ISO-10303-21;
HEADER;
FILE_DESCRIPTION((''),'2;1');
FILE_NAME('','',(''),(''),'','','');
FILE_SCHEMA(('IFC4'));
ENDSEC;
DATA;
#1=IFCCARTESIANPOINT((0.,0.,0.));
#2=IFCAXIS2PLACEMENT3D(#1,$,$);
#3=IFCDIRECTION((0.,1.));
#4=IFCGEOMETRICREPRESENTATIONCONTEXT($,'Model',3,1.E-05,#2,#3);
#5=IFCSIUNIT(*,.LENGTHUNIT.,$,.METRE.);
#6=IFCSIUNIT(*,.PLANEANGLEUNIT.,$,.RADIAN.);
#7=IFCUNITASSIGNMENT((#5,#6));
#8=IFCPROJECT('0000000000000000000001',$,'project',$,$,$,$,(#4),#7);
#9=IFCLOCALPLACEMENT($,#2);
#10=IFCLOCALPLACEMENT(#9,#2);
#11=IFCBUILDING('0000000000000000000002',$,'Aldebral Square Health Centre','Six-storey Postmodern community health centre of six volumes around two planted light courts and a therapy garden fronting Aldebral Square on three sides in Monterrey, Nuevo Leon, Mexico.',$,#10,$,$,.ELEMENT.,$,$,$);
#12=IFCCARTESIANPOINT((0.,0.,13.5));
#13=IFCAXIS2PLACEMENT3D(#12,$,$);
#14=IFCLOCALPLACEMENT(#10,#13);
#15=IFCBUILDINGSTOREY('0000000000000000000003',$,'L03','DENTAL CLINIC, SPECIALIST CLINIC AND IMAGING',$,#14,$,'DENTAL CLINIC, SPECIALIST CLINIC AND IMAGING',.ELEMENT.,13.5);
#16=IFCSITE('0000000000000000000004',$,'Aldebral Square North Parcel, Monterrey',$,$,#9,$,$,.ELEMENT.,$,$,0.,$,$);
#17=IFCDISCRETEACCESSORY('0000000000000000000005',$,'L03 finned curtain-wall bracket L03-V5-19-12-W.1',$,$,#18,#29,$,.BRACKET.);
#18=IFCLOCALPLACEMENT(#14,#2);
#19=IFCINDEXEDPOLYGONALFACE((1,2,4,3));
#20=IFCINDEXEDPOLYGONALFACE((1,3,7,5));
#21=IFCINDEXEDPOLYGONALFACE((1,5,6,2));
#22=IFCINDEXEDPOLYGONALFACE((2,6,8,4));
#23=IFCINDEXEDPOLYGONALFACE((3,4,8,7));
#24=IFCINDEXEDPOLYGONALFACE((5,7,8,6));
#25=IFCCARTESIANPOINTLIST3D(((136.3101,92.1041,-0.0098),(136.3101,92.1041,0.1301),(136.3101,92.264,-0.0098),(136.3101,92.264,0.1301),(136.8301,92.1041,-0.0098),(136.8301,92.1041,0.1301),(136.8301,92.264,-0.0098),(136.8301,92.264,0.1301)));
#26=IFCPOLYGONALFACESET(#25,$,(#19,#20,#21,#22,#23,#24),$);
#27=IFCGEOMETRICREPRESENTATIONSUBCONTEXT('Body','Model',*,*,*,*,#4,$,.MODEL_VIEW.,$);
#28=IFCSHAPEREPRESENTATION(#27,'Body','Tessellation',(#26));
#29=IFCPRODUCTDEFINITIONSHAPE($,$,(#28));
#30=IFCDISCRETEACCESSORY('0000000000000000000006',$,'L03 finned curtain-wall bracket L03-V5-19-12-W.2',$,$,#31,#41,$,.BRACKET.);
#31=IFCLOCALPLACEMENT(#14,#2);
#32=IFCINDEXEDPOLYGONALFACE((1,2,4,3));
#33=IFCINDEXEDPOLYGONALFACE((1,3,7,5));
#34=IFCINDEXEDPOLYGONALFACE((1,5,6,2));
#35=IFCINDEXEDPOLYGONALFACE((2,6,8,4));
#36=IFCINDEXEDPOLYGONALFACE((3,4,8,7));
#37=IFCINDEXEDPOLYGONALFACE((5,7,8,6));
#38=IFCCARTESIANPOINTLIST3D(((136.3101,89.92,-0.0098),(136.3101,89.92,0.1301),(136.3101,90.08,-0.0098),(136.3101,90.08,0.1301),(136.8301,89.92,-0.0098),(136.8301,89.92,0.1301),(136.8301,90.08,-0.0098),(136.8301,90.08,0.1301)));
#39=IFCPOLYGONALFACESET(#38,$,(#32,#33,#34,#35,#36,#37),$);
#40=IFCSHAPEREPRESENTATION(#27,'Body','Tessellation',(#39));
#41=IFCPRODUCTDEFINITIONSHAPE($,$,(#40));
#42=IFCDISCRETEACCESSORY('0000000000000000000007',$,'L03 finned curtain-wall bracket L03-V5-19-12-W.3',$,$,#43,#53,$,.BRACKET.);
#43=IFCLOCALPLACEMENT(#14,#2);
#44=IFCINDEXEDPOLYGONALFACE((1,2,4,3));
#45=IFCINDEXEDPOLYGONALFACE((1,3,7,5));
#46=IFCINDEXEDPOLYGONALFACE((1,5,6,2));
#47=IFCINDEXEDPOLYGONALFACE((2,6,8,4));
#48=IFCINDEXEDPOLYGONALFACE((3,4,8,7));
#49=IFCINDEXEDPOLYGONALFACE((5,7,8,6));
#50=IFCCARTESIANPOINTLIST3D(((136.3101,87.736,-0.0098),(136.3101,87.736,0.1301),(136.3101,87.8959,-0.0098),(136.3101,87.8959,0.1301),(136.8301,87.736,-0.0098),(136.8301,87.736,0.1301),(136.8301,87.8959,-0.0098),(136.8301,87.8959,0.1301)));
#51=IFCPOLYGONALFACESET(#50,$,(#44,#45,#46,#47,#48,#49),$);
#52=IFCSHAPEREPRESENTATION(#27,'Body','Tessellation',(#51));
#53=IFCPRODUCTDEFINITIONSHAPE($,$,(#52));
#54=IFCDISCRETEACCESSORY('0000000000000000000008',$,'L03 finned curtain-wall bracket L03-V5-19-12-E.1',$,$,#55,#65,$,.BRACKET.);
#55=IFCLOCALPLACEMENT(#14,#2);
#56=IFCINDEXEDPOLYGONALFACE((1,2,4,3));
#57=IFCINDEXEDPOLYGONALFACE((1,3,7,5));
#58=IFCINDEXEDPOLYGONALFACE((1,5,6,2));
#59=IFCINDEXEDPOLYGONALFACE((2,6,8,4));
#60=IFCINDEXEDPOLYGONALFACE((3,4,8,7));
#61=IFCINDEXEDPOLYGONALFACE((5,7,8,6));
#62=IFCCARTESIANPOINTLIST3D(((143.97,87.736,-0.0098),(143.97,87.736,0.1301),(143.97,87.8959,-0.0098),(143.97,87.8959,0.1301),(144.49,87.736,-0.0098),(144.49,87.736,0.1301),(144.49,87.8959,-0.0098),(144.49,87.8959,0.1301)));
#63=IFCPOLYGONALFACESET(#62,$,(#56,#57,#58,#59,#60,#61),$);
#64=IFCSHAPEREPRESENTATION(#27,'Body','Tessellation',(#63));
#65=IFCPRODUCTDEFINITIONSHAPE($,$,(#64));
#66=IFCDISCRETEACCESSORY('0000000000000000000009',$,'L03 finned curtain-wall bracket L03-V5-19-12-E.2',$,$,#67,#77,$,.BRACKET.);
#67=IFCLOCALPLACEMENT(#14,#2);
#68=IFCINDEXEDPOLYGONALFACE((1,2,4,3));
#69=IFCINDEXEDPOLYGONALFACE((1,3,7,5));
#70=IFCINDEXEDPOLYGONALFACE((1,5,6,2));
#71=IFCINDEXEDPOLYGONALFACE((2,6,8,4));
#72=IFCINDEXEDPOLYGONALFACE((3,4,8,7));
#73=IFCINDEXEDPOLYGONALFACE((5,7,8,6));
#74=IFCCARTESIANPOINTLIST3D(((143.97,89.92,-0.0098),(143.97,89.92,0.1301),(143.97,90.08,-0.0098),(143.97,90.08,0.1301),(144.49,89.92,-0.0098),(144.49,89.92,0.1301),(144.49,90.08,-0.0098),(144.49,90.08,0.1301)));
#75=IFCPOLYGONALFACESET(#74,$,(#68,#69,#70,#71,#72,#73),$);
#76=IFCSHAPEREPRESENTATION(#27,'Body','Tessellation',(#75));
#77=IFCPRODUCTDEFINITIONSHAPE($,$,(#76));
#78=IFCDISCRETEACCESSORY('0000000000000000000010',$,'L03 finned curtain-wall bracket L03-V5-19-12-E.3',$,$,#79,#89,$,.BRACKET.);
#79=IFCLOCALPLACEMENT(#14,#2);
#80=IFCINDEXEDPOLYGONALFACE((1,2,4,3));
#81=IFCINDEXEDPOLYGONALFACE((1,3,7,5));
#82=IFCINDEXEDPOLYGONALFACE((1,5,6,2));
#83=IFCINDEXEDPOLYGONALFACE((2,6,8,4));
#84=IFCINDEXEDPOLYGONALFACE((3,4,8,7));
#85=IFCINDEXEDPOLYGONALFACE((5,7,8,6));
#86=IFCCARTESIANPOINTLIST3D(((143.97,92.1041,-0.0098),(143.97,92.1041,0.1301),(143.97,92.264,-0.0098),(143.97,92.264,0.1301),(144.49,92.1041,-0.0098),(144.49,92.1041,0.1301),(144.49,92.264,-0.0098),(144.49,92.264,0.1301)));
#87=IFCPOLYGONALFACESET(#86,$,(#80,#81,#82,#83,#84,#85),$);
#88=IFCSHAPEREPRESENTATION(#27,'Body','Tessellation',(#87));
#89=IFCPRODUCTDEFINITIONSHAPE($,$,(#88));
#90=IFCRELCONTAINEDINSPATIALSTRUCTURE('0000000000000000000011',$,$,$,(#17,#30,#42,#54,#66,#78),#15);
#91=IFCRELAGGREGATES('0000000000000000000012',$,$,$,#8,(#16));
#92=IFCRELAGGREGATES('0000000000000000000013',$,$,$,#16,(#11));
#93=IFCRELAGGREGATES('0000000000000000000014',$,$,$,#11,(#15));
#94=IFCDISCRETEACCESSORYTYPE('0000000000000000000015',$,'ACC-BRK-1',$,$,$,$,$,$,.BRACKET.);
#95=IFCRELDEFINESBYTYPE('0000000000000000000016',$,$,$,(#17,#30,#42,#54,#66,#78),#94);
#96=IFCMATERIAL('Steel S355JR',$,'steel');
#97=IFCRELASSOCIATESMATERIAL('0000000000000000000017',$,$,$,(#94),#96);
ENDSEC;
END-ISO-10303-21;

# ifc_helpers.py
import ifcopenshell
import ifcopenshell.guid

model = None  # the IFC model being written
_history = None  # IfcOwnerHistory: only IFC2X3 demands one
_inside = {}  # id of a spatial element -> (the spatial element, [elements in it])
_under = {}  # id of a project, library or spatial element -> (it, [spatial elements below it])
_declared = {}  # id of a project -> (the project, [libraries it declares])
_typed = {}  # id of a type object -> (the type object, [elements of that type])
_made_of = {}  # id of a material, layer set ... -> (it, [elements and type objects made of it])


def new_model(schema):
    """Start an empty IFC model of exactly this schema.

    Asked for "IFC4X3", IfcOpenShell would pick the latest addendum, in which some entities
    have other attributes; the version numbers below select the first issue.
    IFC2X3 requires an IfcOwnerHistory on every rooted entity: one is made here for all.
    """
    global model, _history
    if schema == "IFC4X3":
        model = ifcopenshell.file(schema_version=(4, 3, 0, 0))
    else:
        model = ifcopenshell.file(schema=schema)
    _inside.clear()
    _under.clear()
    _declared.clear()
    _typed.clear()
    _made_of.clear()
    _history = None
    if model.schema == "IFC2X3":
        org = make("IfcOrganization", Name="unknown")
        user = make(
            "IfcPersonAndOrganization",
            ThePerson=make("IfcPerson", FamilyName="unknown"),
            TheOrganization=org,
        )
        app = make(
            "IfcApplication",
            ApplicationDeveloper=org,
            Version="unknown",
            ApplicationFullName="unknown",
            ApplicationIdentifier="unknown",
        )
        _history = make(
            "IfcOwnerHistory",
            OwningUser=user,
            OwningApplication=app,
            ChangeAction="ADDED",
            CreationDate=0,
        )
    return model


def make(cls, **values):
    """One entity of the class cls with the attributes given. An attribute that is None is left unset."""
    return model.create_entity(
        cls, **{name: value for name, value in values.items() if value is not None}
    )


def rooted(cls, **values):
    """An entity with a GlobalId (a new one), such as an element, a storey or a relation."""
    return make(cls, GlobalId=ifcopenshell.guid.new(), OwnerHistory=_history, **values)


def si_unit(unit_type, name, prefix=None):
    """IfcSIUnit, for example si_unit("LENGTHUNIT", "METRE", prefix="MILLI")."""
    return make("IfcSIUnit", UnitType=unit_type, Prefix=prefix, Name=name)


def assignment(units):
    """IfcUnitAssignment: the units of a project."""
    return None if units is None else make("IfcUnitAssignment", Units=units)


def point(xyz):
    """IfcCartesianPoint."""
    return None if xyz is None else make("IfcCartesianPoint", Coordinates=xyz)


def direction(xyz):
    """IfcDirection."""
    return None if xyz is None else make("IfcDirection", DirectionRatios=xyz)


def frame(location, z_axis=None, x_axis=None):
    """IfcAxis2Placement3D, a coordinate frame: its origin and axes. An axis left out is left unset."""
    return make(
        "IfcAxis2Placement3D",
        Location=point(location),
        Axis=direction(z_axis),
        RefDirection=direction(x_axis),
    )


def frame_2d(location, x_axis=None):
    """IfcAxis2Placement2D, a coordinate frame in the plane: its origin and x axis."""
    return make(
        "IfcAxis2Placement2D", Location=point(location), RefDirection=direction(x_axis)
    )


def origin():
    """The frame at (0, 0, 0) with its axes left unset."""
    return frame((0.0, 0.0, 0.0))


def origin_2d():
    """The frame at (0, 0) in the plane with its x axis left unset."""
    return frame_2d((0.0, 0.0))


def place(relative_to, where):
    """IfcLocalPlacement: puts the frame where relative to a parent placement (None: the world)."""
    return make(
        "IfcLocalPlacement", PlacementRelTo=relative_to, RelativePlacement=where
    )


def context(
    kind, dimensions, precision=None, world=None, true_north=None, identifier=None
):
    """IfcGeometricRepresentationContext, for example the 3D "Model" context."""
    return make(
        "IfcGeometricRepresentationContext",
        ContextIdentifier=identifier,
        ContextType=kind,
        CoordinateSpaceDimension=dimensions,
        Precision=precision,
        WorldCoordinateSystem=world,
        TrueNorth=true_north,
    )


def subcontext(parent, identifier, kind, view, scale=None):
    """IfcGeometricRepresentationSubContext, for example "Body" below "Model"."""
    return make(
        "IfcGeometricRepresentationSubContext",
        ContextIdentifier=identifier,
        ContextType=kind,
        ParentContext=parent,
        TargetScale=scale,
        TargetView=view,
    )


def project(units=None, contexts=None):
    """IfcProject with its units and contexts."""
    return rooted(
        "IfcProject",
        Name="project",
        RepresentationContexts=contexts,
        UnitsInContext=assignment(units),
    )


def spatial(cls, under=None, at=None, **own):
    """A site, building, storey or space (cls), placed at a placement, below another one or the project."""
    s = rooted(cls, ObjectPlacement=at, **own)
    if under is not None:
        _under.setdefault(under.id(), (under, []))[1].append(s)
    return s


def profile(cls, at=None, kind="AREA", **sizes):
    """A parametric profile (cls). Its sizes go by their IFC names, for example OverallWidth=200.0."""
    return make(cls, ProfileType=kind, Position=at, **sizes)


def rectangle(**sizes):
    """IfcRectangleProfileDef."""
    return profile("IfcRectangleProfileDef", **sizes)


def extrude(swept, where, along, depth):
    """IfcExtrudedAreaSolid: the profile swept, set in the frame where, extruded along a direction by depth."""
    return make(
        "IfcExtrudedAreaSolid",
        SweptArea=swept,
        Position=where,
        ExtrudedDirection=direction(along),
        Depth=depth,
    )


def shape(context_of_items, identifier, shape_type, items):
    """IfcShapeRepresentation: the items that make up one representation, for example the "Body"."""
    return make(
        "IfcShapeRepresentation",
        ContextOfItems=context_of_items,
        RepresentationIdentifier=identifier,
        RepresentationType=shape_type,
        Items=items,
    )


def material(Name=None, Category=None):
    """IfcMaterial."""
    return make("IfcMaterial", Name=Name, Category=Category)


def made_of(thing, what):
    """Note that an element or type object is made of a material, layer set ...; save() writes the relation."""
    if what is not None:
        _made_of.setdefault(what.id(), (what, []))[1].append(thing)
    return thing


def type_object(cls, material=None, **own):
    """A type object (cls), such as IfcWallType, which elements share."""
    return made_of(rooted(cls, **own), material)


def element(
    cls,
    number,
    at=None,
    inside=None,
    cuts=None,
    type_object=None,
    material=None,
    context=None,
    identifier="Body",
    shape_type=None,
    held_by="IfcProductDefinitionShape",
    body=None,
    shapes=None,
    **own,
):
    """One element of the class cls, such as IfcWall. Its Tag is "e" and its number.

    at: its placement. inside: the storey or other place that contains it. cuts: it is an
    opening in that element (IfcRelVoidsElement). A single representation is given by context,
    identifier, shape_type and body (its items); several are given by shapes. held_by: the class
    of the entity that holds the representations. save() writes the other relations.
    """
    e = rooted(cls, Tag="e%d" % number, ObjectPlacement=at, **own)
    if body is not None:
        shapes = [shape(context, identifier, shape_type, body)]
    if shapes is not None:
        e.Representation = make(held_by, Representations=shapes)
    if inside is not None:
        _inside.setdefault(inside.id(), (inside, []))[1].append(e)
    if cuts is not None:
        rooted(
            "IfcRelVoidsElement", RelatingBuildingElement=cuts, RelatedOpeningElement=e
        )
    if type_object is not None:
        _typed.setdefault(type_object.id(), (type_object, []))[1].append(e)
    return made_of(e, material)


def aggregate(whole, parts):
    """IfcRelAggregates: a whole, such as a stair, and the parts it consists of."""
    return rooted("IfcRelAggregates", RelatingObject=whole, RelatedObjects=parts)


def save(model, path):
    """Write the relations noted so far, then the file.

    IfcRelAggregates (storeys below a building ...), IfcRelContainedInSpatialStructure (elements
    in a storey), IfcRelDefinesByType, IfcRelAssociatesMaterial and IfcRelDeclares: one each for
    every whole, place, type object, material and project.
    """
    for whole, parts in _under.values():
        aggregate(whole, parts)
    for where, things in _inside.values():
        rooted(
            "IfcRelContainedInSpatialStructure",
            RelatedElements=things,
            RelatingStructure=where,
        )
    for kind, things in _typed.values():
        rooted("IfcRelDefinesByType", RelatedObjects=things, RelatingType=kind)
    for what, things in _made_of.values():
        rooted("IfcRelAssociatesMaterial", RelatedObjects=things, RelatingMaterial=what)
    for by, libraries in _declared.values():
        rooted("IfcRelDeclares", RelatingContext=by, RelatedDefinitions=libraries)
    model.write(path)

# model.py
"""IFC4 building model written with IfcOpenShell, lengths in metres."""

from ifc_helpers import new_model, si_unit, direction, frame, origin, origin_2d, place, context, subcontext, project, spatial, rectangle, extrude, material, type_object, element, save


model = new_model("IFC4")

# Units and contexts
model_context = context("Model", 3, precision=1e-05, world=origin(), true_north=direction((0.0, 1.0)))
body_context = subcontext(model_context, "Body", "Model", "MODEL_VIEW")
ifc_project = project(units=[si_unit("LENGTHUNIT", "METRE"), si_unit("PLANEANGLEUNIT", "RADIAN")], contexts=[model_context])

# Site, building, storey
site_placement = place(None, origin())
site = spatial("IfcSite", under=ifc_project, at=site_placement, Name="Aldebral Square North Parcel, Monterrey", CompositionType="ELEMENT", RefElevation=0.0)
building_placement = place(site_placement, origin())
building = spatial("IfcBuilding", under=site, at=building_placement, Name="Aldebral Square Health Centre", Description="Six-storey Postmodern community health centre of six volumes around two planted light courts and a therapy garden fronting Aldebral Square on three sides in Monterrey, Nuevo Leon, Mexico.", CompositionType="ELEMENT")
storey_placement = place(building_placement, frame((0.0, 0.0, 13.5)))
storey = spatial("IfcBuildingStorey", under=building, at=storey_placement, Name="L03", Description="DENTAL CLINIC, SPECIALIST CLINIC AND IMAGING", LongName="DENTAL CLINIC, SPECIALIST CLINIC AND IMAGING", CompositionType="ELEMENT", Elevation=13.5)

# Discrete accessories
ifc_material_1 = material(Name="Steel S355JR", Category="steel")
discrete_accessory_type = type_object("IfcDiscreteAccessoryType", Name="ACC-BRK-1", PredefinedType="BRACKET", material=ifc_material_1)
for number, where, z_axis, x_axis, name in (
    (1, (136.5701, 92.1841, -0.0098), (0.0, 0.0, 1.0), (0.0, 1.0, 0.0), "L03 finned curtain-wall bracket L03-V5-19-12-W.1"),
    (2, (136.5701, 90.0, -0.0098), (0.0, 0.0, 1.0), (0.0, 1.0, 0.0), "L03 finned curtain-wall bracket L03-V5-19-12-W.2"),
    (3, (136.5701, 87.8159, -0.0098), (0.0, 0.0, 1.0), (0.0, 1.0, 0.0), "L03 finned curtain-wall bracket L03-V5-19-12-W.3"),
    (4, (144.23, 87.8159, -0.0098), (0.0, 0.0, 1.0), (0.0, 1.0, 0.0), "L03 finned curtain-wall bracket L03-V5-19-12-E.1"),
    (5, (144.23, 90.0, -0.0098), (0.0, 0.0, 1.0), (0.0, 1.0, 0.0), "L03 finned curtain-wall bracket L03-V5-19-12-E.2"),
    (6, (144.23, 92.1841, -0.0098), (0.0, 0.0, 1.0), (0.0, 1.0, 0.0), "L03 finned curtain-wall bracket L03-V5-19-12-E.3"),
):
    element("IfcDiscreteAccessory", number, at=place(storey_placement, frame(where, z_axis=z_axis, x_axis=x_axis)), inside=storey, type_object=discrete_accessory_type, Name=name, PredefinedType="BRACKET", context=body_context, shape_type="SweptSolid", body=[
        extrude(rectangle(XDim=0.1599, YDim=0.52, at=origin_2d()), origin(), (0.0, 0.0, 1.0), 0.1399),
    ])

save(model, "model.ifc")
